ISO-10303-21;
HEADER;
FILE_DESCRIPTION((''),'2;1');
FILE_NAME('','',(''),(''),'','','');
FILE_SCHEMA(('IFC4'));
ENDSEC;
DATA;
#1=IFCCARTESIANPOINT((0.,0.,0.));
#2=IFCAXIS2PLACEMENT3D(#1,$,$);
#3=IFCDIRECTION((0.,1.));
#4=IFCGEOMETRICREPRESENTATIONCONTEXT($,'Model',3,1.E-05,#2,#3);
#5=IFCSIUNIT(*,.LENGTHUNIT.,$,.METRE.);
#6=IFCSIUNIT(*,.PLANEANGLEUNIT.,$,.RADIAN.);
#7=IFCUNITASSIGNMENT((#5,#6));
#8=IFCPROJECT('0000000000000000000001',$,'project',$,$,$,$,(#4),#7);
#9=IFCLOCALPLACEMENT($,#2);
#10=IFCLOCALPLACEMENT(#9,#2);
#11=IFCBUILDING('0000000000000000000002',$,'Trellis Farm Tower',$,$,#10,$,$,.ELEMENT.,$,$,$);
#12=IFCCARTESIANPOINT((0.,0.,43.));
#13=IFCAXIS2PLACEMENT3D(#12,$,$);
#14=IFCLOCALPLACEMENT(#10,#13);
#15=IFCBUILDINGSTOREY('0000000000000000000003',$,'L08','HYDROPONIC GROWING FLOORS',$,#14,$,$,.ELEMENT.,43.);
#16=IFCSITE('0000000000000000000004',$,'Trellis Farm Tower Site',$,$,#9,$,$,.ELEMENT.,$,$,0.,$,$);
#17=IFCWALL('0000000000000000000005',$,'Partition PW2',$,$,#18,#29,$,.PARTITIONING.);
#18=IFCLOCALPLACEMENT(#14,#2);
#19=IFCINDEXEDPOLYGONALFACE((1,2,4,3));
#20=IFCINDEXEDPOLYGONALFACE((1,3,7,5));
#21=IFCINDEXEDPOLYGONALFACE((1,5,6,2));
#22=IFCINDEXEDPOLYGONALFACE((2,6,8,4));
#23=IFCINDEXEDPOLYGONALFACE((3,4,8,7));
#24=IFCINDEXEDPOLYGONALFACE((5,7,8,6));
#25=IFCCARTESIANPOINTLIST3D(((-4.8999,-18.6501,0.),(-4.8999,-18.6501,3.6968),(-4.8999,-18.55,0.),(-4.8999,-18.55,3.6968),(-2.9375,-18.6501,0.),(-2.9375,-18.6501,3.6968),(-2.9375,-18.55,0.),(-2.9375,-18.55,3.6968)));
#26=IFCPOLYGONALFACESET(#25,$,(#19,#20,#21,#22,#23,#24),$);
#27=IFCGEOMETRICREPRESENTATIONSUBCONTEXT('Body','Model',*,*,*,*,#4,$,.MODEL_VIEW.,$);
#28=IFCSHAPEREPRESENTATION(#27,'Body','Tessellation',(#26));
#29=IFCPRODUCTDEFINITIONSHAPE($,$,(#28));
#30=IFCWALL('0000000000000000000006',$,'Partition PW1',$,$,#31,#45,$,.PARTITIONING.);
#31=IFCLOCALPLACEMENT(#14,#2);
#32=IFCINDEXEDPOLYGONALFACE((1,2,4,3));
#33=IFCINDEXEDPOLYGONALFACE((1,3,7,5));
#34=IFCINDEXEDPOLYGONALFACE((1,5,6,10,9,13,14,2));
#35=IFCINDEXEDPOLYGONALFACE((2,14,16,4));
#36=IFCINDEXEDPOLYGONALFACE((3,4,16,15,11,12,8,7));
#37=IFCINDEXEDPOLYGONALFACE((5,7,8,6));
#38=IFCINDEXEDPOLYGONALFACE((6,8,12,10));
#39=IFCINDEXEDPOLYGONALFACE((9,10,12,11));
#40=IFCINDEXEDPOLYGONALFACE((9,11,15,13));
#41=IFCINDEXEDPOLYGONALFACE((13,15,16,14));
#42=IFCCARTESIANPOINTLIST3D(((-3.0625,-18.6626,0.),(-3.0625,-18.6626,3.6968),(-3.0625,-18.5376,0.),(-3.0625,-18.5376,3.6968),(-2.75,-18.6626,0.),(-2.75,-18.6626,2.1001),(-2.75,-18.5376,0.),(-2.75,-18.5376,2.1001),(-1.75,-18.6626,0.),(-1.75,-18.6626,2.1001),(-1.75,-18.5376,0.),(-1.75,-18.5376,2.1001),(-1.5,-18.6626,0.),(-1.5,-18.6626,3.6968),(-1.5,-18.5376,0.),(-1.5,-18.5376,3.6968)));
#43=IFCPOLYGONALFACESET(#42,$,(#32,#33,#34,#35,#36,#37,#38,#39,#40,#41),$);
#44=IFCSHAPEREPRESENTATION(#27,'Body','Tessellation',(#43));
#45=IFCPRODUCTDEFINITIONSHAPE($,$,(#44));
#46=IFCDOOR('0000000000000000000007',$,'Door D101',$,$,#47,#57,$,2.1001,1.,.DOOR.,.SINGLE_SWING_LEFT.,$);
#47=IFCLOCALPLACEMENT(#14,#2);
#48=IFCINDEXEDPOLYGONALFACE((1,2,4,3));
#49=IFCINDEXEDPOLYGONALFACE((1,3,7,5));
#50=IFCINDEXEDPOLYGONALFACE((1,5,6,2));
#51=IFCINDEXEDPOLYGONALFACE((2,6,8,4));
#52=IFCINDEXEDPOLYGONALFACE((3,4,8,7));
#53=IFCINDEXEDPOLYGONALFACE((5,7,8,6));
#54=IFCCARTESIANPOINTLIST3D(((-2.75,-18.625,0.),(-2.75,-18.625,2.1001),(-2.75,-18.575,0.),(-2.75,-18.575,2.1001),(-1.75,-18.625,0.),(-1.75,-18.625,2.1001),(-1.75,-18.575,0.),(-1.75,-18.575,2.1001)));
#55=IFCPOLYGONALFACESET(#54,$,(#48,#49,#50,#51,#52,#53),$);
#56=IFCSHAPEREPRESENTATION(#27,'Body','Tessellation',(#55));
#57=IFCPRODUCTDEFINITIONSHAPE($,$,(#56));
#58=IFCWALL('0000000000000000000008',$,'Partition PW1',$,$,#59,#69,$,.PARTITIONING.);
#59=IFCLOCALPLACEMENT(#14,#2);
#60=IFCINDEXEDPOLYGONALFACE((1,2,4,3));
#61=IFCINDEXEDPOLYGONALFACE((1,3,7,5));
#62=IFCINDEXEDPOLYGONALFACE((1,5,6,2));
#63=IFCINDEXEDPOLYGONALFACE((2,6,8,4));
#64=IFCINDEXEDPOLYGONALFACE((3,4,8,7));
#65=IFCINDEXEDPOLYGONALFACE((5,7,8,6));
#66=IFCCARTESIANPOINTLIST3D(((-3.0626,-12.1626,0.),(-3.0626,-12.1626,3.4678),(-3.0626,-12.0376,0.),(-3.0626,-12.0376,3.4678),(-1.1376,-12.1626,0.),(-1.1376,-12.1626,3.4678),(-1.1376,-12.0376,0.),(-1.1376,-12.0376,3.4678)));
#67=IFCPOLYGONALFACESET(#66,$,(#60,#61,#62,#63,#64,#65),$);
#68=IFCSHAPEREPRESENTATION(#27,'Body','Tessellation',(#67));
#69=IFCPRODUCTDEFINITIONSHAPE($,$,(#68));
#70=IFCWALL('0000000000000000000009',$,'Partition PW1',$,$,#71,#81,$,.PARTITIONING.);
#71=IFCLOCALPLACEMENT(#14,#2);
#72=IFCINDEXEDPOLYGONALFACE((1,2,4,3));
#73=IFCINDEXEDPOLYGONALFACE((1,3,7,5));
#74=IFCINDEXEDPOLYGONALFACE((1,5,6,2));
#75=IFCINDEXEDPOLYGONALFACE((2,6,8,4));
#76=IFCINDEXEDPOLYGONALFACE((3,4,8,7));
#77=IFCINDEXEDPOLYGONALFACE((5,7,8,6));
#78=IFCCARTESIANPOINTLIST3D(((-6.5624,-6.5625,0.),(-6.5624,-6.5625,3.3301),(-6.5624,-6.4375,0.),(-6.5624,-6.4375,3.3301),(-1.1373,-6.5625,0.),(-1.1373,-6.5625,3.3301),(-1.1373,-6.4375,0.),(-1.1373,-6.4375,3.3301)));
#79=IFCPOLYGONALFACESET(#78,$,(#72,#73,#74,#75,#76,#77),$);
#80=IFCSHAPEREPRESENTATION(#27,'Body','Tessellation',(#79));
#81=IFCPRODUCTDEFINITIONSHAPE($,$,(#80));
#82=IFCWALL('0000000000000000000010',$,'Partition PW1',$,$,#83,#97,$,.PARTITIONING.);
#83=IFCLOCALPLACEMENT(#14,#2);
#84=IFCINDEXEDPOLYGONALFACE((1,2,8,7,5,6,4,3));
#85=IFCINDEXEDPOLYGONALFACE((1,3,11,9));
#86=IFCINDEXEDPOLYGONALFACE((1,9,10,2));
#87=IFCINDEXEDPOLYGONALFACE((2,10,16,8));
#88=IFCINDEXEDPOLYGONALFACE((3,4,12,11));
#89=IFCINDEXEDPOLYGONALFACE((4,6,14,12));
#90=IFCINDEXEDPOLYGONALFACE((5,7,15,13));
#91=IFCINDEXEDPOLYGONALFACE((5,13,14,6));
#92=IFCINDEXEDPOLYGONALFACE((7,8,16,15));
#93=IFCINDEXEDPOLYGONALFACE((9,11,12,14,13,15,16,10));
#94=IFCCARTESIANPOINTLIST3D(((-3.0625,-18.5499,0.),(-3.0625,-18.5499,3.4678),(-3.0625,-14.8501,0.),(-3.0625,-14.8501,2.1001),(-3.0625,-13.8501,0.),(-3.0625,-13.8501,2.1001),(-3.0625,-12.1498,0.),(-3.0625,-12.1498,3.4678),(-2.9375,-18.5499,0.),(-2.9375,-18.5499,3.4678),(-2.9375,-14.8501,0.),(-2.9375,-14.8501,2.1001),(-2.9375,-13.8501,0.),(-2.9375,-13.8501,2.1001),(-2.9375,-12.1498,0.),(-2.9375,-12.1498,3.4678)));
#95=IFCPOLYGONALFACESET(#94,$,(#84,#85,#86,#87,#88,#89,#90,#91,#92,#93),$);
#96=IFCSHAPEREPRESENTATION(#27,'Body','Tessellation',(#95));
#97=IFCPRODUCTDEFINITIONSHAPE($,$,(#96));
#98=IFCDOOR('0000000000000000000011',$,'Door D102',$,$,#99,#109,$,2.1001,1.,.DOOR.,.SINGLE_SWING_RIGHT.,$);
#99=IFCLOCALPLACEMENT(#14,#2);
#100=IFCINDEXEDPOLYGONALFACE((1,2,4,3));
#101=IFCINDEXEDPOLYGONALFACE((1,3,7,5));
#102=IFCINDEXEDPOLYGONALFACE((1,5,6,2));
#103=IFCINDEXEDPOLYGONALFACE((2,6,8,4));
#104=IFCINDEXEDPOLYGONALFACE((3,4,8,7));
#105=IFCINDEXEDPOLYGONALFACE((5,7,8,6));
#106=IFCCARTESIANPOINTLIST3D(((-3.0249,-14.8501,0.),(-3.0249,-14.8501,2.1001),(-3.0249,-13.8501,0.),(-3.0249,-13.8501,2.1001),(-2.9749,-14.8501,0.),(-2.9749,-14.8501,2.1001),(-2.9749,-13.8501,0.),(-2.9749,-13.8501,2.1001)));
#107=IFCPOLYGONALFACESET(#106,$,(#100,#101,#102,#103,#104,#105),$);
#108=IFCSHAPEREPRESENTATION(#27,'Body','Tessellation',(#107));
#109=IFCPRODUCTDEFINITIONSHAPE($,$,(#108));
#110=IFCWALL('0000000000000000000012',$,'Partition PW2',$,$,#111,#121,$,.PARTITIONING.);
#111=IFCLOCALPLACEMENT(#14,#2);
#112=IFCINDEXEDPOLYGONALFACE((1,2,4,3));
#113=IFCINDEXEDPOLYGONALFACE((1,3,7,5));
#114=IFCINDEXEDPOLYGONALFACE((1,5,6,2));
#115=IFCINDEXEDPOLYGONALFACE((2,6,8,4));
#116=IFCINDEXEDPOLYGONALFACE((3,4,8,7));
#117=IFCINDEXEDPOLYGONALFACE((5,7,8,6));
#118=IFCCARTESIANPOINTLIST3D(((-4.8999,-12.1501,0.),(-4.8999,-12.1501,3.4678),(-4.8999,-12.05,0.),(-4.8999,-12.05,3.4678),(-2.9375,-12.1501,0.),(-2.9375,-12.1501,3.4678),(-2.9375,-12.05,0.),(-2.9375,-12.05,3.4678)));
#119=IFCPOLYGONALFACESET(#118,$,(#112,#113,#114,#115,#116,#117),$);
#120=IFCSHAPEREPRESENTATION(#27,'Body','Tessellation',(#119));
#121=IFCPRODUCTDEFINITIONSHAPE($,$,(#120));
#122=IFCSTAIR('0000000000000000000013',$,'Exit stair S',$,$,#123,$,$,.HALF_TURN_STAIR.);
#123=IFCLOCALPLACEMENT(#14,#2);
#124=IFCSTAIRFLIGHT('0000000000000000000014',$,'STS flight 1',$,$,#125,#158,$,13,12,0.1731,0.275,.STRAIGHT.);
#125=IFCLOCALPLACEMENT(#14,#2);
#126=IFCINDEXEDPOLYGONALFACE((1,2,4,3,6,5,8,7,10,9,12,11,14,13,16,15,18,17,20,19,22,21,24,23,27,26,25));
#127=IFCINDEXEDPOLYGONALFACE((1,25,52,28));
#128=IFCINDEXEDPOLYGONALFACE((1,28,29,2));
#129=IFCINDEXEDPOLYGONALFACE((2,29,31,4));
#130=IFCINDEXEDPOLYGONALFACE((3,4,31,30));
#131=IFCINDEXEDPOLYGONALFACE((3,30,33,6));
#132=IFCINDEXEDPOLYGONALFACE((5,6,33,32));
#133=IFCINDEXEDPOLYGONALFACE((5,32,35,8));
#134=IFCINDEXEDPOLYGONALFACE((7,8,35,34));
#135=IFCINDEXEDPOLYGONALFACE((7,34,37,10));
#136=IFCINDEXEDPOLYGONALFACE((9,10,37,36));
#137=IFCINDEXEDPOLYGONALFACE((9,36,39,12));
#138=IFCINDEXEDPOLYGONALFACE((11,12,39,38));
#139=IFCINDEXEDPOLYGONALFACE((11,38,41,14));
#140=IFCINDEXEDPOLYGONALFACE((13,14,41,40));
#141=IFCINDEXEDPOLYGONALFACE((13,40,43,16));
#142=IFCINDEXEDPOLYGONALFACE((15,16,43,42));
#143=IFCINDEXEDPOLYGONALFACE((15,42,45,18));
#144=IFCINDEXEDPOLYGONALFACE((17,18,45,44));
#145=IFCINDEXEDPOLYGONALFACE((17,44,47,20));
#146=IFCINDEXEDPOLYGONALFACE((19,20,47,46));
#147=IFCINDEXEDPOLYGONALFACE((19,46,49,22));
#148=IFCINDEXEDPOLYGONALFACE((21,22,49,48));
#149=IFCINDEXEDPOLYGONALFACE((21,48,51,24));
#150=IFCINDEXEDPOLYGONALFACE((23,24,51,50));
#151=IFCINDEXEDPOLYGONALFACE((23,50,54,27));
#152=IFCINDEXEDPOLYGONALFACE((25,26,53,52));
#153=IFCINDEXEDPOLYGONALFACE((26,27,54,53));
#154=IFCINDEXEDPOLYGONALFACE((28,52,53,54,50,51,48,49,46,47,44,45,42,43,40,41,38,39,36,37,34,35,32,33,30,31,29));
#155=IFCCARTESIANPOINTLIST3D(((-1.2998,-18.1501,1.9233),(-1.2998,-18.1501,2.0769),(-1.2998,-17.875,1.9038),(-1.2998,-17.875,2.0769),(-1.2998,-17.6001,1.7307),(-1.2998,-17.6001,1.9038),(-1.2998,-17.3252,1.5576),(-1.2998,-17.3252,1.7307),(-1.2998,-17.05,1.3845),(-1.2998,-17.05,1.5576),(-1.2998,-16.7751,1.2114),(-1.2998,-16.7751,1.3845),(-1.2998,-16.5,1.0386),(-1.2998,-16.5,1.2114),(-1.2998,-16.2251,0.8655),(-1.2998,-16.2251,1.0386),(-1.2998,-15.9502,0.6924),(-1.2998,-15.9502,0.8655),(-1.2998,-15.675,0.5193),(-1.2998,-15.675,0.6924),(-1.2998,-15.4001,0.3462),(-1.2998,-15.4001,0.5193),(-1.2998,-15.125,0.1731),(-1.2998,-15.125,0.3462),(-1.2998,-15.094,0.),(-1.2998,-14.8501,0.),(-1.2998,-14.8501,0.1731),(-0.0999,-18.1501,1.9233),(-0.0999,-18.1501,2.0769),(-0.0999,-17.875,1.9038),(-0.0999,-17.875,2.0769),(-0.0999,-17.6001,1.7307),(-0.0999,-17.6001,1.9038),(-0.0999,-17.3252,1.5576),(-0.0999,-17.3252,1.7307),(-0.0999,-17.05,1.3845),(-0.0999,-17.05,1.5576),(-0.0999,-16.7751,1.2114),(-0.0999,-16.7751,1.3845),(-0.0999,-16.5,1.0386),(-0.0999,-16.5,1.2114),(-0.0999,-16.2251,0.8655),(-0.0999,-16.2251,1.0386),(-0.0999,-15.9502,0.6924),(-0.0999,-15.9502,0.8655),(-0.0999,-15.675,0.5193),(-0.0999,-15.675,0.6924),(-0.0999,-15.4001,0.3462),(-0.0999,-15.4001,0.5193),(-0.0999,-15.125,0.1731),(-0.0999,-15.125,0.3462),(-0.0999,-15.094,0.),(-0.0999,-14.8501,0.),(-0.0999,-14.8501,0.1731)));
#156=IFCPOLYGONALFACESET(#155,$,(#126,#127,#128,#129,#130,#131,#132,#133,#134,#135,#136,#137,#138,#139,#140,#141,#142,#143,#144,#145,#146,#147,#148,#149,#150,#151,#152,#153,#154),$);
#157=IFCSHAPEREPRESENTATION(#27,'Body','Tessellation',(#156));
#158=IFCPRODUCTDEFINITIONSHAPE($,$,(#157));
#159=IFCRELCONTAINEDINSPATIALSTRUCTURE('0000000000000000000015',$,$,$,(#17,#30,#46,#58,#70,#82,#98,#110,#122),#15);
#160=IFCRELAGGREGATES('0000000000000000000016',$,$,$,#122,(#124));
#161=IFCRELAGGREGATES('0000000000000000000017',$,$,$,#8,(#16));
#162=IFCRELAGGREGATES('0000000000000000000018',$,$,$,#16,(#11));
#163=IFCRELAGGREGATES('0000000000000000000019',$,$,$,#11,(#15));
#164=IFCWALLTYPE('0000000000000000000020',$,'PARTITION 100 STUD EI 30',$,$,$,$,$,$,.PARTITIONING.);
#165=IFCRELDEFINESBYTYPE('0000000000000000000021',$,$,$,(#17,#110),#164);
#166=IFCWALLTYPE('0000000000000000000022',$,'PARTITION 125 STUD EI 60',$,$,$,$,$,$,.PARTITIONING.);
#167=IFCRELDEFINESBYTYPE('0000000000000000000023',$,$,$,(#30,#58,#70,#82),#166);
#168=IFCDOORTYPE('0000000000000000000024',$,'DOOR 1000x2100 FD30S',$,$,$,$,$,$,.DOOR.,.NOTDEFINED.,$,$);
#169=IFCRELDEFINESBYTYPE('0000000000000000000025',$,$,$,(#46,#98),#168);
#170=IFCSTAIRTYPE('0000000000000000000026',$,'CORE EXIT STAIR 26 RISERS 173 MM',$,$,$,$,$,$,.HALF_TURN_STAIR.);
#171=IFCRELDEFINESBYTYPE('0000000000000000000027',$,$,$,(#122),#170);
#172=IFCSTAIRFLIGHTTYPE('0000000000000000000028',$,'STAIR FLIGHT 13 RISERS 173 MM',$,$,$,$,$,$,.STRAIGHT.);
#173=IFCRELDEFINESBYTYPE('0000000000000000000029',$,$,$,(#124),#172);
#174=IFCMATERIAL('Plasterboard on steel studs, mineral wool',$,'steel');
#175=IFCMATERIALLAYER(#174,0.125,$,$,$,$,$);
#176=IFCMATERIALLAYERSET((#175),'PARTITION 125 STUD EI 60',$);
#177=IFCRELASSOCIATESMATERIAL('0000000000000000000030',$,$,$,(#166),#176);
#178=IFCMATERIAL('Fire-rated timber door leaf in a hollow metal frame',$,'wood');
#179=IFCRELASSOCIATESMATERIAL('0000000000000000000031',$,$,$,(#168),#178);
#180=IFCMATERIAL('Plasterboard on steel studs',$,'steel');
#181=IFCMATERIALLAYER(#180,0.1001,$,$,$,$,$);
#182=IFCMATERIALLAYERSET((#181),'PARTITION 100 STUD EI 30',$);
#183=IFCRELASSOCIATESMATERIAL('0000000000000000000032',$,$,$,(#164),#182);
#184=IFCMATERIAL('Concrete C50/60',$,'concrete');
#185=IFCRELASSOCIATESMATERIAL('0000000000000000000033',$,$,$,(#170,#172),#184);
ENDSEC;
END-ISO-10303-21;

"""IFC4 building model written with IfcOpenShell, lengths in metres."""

from ifc_helpers import new_model, si_unit, direction, frame, frame_2d, origin, place, context, subcontext, project, spatial, polyline, rectangle, outline, extrude, source, transform, mapped, material, layer, layer_set, type_object, element, fill, aggregate, save


model = new_model("IFC4")

# Units and contexts
model_context = context("Model", 3, precision=1e-05, world=origin(), true_north=direction((0.0, 1.0)))
body_context = subcontext(model_context, "Body", "Model", "MODEL_VIEW")
ifc_project = project(units=[si_unit("LENGTHUNIT", "METRE"), si_unit("PLANEANGLEUNIT", "RADIAN")], contexts=[model_context])

# Site, building, storey
site_placement = place(None, origin())
site = spatial("IfcSite", under=ifc_project, at=site_placement, Name="Trellis Farm Tower Site", CompositionType="ELEMENT", RefElevation=0.0)
building_placement = place(site_placement, origin())
building = spatial("IfcBuilding", under=site, at=building_placement, Name="Trellis Farm Tower", CompositionType="ELEMENT")
storey_placement = place(building_placement, frame((0.0, 0.0, 43.0)))
storey = spatial("IfcBuildingStorey", under=building, at=storey_placement, Name="L08", Description="HYDROPONIC GROWING FLOORS", CompositionType="ELEMENT", Elevation=43.0)

# Shared definitions
placement = place(storey_placement, origin())

# Shared definitions
ifc_material_1 = material(Name="Plasterboard on steel studs, mineral wool", Category="steel")
ifc_layer_1 = layer(ifc_material_1, 0.125)
ifc_layer_set_1 = layer_set([ifc_layer_1], Name="PARTITION 125 STUD EI 60")
wall_type_1 = type_object("IfcWallType", Name="PARTITION 125 STUD EI 60", PredefinedType="PARTITIONING", material=ifc_layer_set_1)
shared_shape_1 = source(origin(), body_context, "Body", "SweptSolid", [
    extrude(rectangle(XDim=1.0, YDim=2.1001, at=frame_2d((0.5, 1.05))), frame((0.0, 0.0725, 0.0), z_axis=(0.0, -1.0, 0.0), x_axis=(1.0, 0.0, 0.0)), (0.0, 0.0, 1.0), 0.145),
])
ifc_material_2 = material(Name="Fire-rated timber door leaf in a hollow metal frame", Category="wood")
door_type = type_object("IfcDoorType", Name="DOOR 1000x2100 FD30S", OperationType="NOTDEFINED", PredefinedType="DOOR", material=ifc_material_2)
shared_shape_2 = source(origin(), body_context, "Body", "SweptSolid", [
    extrude(rectangle(XDim=1.0, YDim=2.1001, at=frame_2d((0.5, 1.05))), frame((0.0, 0.0249, 0.0), z_axis=(0.0, -1.0, 0.0), x_axis=(1.0, 0.0, 0.0)), (0.0, 0.0, 1.0), 0.05),
])

# Wall
ifc_material_3 = material(Name="Plasterboard on steel studs", Category="steel")
ifc_layer_2 = layer(ifc_material_3, 0.1001)
ifc_layer_set_2 = layer_set([ifc_layer_2], Name="PARTITION 100 STUD EI 30")
wall_type_2 = type_object("IfcWallType", Name="PARTITION 100 STUD EI 30", PredefinedType="PARTITIONING", material=ifc_layer_set_2)
shared_shape_3 = source(origin(), body_context, "Body", "SweptSolid", [
    extrude(rectangle(XDim=1.9624, YDim=0.1001, at=frame_2d((0.9812, 0.0))), origin(), (0.0, 0.0, 1.0), 3.6968),
])
wall_1_placement = place(storey_placement, frame((-4.8999, -18.6001, 0.0), z_axis=(0.0, 0.0, 1.0), x_axis=(1.0, 0.0, 0.0)))
element("IfcWall", 1, at=wall_1_placement, inside=storey, type_object=wall_type_2, Name="Partition PW2", PredefinedType="PARTITIONING", context=body_context, shape_type="MappedRepresentation", body=[
    mapped(shared_shape_3, transform((0.0, 0.0, 0.0))),
])

# Wall, opening, door
shared_shape_4 = source(origin(), body_context, "Body", "SweptSolid", [
    extrude(rectangle(XDim=1.5625, YDim=0.125, at=frame_2d((0.7812, 0.0))), origin(), (0.0, 0.0, 1.0), 3.6968),
])
wall_2_placement = place(storey_placement, frame((-1.5, -18.6001, 0.0), z_axis=(0.0, 0.0, 1.0), x_axis=(-1.0, 0.0, 0.0)))
wall_2 = element("IfcWall", 2, at=wall_2_placement, inside=storey, type_object=wall_type_1, Name="Partition PW1", PredefinedType="PARTITIONING", context=body_context, shape_type="MappedRepresentation", body=[
    mapped(shared_shape_4, transform((0.0, 0.0, 0.0))),
])
opening_1_placement = place(wall_2_placement, frame((0.25, 0.0, 0.0)))
opening_1 = element("IfcOpeningElement", 3, at=opening_1_placement, cuts=wall_2, PredefinedType="OPENING", context=body_context, shape_type="MappedRepresentation", body=[
    mapped(shared_shape_1, transform((0.0, 0.0, 0.0))),
])
door_1_placement = place(opening_1_placement, origin())
door_1 = element("IfcDoor", 4, at=door_1_placement, inside=storey, type_object=door_type, Name="Door D101", OperationType="SINGLE_SWING_LEFT", OverallHeight=2.1001, OverallWidth=1.0, PredefinedType="DOOR", context=body_context, shape_type="MappedRepresentation", body=[
    mapped(shared_shape_2, transform((0.0, 0.0, 0.0))),
])
fill(opening_1, door_1)

# Walls
shared_shape_5 = source(origin(), body_context, "Body", "SweptSolid", [
    extrude(rectangle(XDim=1.925, YDim=0.125, at=frame_2d((0.9624, 0.0))), origin(), (0.0, 0.0, 1.0), 3.4678),
])
wall_3_placement = place(storey_placement, frame((-3.0625, -12.1001, 0.0), z_axis=(0.0, 0.0, 1.0), x_axis=(1.0, 0.0, 0.0)))
element("IfcWall", 5, at=wall_3_placement, inside=storey, type_object=wall_type_1, Name="Partition PW1", PredefinedType="PARTITIONING", context=body_context, shape_type="MappedRepresentation", body=[
    mapped(shared_shape_5, transform((0.0, 0.0, 0.0))),
])
shared_shape_6 = source(origin(), body_context, "Body", "SweptSolid", [
    extrude(rectangle(XDim=5.425, YDim=0.125, at=frame_2d((2.7124, 0.0))), origin(), (0.0, 0.0, 1.0), 3.3301),
])
wall_4_placement = place(storey_placement, frame((-1.1375, -6.5, 0.0), z_axis=(0.0, 0.0, 1.0), x_axis=(-1.0, 0.0, 0.0)))
element("IfcWall", 6, at=wall_4_placement, inside=storey, type_object=wall_type_1, Name="Partition PW1", PredefinedType="PARTITIONING", context=body_context, shape_type="MappedRepresentation", body=[
    mapped(shared_shape_6, transform((0.0, 0.0, 0.0))),
])

# Wall, opening, door
shared_shape_7 = source(origin(), body_context, "Body", "SweptSolid", [
    extrude(rectangle(XDim=6.4001, YDim=0.125, at=frame_2d((3.2002, 0.0))), origin(), (0.0, 0.0, 1.0), 3.4678),
])
wall_5_placement = place(storey_placement, frame((-3.0, -18.55, 0.0), z_axis=(0.0, 0.0, 1.0), x_axis=(0.0, 1.0, 0.0)))
wall_5 = element("IfcWall", 7, at=wall_5_placement, inside=storey, type_object=wall_type_1, Name="Partition PW1", PredefinedType="PARTITIONING", context=body_context, shape_type="MappedRepresentation", body=[
    mapped(shared_shape_7, transform((0.0, 0.0, 0.0))),
])
opening_2_placement = place(wall_5_placement, frame((3.7, 0.0, 0.0)))
opening_2 = element("IfcOpeningElement", 8, at=opening_2_placement, cuts=wall_5, PredefinedType="OPENING", context=body_context, shape_type="MappedRepresentation", body=[
    mapped(shared_shape_1, transform((0.0, 0.0, 0.0))),
])
door_2_placement = place(opening_2_placement, origin())
door_2 = element("IfcDoor", 9, at=door_2_placement, inside=storey, type_object=door_type, Name="Door D102", OperationType="SINGLE_SWING_RIGHT", OverallHeight=2.1001, OverallWidth=1.0, PredefinedType="DOOR", context=body_context, shape_type="MappedRepresentation", body=[
    mapped(shared_shape_2, transform((0.0, 0.0, 0.0))),
])
fill(opening_2, door_2)

# Wall
shared_shape_8 = source(origin(), body_context, "Body", "SweptSolid", [
    extrude(rectangle(XDim=1.9624, YDim=0.1001, at=frame_2d((0.9812, 0.0))), origin(), (0.0, 0.0, 1.0), 3.4678),
])
wall_6_placement = place(storey_placement, frame((-4.8999, -12.1001, 0.0), z_axis=(0.0, 0.0, 1.0), x_axis=(1.0, 0.0, 0.0)))
element("IfcWall", 10, at=wall_6_placement, inside=storey, type_object=wall_type_2, Name="Partition PW2", PredefinedType="PARTITIONING", context=body_context, shape_type="MappedRepresentation", body=[
    mapped(shared_shape_8, transform((0.0, 0.0, 0.0))),
])

# Stair, stair flight
ifc_material_4 = material(Name="Concrete C50/60", Category="concrete")
stair_type = type_object("IfcStairType", Name="CORE EXIT STAIR 26 RISERS 173 MM", PredefinedType="HALF_TURN_STAIR", material=ifc_material_4)
stair = element("IfcStair", 11, at=placement, inside=storey, type_object=stair_type, Name="Exit stair S", PredefinedType="HALF_TURN_STAIR")
stair_flight_type = type_object("IfcStairFlightType", Name="STAIR FLIGHT 13 RISERS 173 MM", PredefinedType="STRAIGHT", material=ifc_material_4)
shared_shape_9 = source(origin(), body_context, "Body", "SweptSolid", [
    extrude(outline(polyline([(0.0, 0.0), (0.0, 0.1731), (0.2749, 0.1731), (0.2749, 0.3462), (0.55, 0.3462), (0.55, 0.5193), (0.825, 0.5193), (0.825, 0.6924), (1.1001, 0.6924), (1.1001, 0.8655), (1.375, 0.8655), (1.375, 1.0386), (1.6499, 1.0386), (1.6499, 1.2114), (1.925, 1.2114), (1.925, 1.3845), (2.2, 1.3845), (2.2, 1.5576), (2.4751, 1.5576), (2.4751, 1.7307), (2.75, 1.7307), (2.75, 1.9038), (3.0249, 1.9038), (3.0249, 2.0769), (3.3, 2.0769), (3.3, 2.25), (3.3, 1.9233), (0.2439, 0.0), (0.0, 0.0)])), frame((0.0, 0.6001, 0.0), z_axis=(0.0, -1.0, 0.0), x_axis=(1.0, 0.0, 0.0)), (0.0, 0.0, 1.0), 1.2),
])
stair_flight_placement = place(storey_placement, frame((-0.7, -14.8501, 0.0), z_axis=(0.0, 0.0, 1.0), x_axis=(0.0, -1.0, 0.0)))
stair_flight = element("IfcStairFlight", 12, at=stair_flight_placement, type_object=stair_flight_type, Name="STS flight 1", NumberOfRisers=13, NumberOfTreads=12, PredefinedType="STRAIGHT", RiserHeight=0.1731, TreadLength=0.275, context=body_context, shape_type="MappedRepresentation", body=[
    mapped(shared_shape_9, transform((0.0, 0.0, 0.0))),
])
aggregate(stair, [stair_flight])

save(model, "model.ifc")
